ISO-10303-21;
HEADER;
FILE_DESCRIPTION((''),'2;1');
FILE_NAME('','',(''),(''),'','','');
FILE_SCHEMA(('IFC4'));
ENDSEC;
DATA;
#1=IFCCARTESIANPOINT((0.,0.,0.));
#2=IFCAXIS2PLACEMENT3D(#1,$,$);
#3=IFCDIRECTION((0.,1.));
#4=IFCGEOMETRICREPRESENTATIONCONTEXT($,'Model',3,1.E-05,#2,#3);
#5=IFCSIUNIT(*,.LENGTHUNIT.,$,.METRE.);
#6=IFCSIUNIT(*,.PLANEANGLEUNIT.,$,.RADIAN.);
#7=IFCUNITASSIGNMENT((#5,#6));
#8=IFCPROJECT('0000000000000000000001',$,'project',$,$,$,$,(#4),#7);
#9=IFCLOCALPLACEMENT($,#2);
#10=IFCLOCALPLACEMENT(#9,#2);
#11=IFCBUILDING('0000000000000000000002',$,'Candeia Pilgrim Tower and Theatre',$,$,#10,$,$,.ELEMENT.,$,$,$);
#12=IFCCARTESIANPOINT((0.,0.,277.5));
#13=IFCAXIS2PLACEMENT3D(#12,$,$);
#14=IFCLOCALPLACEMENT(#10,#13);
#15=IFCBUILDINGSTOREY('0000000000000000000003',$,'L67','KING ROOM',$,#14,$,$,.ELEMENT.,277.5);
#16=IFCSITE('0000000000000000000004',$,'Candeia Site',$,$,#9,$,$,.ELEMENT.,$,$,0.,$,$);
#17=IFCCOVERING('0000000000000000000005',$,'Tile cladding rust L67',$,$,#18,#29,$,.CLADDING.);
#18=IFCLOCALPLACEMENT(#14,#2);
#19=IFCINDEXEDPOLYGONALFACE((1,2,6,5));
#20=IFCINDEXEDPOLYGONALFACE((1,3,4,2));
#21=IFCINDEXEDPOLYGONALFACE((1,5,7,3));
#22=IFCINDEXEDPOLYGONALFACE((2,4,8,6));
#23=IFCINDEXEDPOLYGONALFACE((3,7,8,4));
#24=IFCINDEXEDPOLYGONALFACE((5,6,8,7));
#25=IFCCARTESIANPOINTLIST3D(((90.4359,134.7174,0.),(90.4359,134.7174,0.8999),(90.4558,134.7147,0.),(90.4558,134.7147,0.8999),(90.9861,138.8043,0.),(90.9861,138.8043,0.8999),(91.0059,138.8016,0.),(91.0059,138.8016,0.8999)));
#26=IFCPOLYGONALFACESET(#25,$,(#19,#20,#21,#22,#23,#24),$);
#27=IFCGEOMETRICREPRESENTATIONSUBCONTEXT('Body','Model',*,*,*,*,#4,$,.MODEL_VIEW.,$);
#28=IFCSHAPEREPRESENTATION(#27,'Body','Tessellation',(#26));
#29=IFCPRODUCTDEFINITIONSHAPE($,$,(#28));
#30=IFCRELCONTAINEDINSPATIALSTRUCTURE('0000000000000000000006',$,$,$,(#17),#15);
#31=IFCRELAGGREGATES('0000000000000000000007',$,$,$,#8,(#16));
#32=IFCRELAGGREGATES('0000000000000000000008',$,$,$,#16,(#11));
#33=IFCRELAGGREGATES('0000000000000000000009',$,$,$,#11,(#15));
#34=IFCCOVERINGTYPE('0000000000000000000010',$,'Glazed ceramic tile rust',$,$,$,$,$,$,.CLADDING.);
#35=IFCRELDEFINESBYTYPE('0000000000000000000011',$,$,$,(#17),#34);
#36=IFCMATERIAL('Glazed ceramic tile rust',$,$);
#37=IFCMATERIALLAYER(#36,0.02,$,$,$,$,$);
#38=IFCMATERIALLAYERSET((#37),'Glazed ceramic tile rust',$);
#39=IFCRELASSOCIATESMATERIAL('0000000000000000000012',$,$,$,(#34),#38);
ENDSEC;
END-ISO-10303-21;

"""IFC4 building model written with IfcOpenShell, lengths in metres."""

from ifc_helpers import new_model, si_unit, direction, frame, origin, origin_2d, place, context, subcontext, project, spatial, rectangle, extrude, material, layer, layer_set, type_object, element, save


model = new_model("IFC4")

# Units and contexts
model_context = context("Model", 3, precision=1e-05, world=origin(), true_north=direction((0.0, 1.0)))
body_context = subcontext(model_context, "Body", "Model", "MODEL_VIEW")
ifc_project = project(units=[si_unit("LENGTHUNIT", "METRE"), si_unit("PLANEANGLEUNIT", "RADIAN")], contexts=[model_context])

# Site, building, storey
site_placement = place(None, origin())
site = spatial("IfcSite", under=ifc_project, at=site_placement, Name="Candeia Site", CompositionType="ELEMENT", RefElevation=0.0)
building_placement = place(site_placement, origin())
building = spatial("IfcBuilding", under=site, at=building_placement, Name="Candeia Pilgrim Tower and Theatre", CompositionType="ELEMENT")
storey_placement = place(building_placement, frame((0.0, 0.0, 277.5)))
storey = spatial("IfcBuildingStorey", under=building, at=storey_placement, Name="L67", Description="KING ROOM", CompositionType="ELEMENT", Elevation=277.5)

# Covering
ifc_material_1 = material(Name="Glazed ceramic tile rust")
ifc_layer_1 = layer(ifc_material_1, 0.02)
ifc_layer_set_1 = layer_set([ifc_layer_1], Name="Glazed ceramic tile rust")
covering_type_1 = type_object("IfcCoveringType", Name="Glazed ceramic tile rust", PredefinedType="CLADDING", material=ifc_layer_set_1)
covering_1_placement = place(storey_placement, frame((90.7209, 136.7595, 0.0), z_axis=(0.0, 0.0, 1.0), x_axis=(-0.133412, -0.991061, 0.0)))
element("IfcCovering", 1, at=covering_1_placement, inside=storey, type_object=covering_type_1, Name="Tile cladding rust L67", PredefinedType="CLADDING", context=body_context, shape_type="SweptSolid", body=[
    extrude(rectangle(XDim=4.1238, YDim=0.02, at=origin_2d()), origin(), (0.0, 0.0, 1.0), 0.8999),
])

save(model, "model.ifc")
